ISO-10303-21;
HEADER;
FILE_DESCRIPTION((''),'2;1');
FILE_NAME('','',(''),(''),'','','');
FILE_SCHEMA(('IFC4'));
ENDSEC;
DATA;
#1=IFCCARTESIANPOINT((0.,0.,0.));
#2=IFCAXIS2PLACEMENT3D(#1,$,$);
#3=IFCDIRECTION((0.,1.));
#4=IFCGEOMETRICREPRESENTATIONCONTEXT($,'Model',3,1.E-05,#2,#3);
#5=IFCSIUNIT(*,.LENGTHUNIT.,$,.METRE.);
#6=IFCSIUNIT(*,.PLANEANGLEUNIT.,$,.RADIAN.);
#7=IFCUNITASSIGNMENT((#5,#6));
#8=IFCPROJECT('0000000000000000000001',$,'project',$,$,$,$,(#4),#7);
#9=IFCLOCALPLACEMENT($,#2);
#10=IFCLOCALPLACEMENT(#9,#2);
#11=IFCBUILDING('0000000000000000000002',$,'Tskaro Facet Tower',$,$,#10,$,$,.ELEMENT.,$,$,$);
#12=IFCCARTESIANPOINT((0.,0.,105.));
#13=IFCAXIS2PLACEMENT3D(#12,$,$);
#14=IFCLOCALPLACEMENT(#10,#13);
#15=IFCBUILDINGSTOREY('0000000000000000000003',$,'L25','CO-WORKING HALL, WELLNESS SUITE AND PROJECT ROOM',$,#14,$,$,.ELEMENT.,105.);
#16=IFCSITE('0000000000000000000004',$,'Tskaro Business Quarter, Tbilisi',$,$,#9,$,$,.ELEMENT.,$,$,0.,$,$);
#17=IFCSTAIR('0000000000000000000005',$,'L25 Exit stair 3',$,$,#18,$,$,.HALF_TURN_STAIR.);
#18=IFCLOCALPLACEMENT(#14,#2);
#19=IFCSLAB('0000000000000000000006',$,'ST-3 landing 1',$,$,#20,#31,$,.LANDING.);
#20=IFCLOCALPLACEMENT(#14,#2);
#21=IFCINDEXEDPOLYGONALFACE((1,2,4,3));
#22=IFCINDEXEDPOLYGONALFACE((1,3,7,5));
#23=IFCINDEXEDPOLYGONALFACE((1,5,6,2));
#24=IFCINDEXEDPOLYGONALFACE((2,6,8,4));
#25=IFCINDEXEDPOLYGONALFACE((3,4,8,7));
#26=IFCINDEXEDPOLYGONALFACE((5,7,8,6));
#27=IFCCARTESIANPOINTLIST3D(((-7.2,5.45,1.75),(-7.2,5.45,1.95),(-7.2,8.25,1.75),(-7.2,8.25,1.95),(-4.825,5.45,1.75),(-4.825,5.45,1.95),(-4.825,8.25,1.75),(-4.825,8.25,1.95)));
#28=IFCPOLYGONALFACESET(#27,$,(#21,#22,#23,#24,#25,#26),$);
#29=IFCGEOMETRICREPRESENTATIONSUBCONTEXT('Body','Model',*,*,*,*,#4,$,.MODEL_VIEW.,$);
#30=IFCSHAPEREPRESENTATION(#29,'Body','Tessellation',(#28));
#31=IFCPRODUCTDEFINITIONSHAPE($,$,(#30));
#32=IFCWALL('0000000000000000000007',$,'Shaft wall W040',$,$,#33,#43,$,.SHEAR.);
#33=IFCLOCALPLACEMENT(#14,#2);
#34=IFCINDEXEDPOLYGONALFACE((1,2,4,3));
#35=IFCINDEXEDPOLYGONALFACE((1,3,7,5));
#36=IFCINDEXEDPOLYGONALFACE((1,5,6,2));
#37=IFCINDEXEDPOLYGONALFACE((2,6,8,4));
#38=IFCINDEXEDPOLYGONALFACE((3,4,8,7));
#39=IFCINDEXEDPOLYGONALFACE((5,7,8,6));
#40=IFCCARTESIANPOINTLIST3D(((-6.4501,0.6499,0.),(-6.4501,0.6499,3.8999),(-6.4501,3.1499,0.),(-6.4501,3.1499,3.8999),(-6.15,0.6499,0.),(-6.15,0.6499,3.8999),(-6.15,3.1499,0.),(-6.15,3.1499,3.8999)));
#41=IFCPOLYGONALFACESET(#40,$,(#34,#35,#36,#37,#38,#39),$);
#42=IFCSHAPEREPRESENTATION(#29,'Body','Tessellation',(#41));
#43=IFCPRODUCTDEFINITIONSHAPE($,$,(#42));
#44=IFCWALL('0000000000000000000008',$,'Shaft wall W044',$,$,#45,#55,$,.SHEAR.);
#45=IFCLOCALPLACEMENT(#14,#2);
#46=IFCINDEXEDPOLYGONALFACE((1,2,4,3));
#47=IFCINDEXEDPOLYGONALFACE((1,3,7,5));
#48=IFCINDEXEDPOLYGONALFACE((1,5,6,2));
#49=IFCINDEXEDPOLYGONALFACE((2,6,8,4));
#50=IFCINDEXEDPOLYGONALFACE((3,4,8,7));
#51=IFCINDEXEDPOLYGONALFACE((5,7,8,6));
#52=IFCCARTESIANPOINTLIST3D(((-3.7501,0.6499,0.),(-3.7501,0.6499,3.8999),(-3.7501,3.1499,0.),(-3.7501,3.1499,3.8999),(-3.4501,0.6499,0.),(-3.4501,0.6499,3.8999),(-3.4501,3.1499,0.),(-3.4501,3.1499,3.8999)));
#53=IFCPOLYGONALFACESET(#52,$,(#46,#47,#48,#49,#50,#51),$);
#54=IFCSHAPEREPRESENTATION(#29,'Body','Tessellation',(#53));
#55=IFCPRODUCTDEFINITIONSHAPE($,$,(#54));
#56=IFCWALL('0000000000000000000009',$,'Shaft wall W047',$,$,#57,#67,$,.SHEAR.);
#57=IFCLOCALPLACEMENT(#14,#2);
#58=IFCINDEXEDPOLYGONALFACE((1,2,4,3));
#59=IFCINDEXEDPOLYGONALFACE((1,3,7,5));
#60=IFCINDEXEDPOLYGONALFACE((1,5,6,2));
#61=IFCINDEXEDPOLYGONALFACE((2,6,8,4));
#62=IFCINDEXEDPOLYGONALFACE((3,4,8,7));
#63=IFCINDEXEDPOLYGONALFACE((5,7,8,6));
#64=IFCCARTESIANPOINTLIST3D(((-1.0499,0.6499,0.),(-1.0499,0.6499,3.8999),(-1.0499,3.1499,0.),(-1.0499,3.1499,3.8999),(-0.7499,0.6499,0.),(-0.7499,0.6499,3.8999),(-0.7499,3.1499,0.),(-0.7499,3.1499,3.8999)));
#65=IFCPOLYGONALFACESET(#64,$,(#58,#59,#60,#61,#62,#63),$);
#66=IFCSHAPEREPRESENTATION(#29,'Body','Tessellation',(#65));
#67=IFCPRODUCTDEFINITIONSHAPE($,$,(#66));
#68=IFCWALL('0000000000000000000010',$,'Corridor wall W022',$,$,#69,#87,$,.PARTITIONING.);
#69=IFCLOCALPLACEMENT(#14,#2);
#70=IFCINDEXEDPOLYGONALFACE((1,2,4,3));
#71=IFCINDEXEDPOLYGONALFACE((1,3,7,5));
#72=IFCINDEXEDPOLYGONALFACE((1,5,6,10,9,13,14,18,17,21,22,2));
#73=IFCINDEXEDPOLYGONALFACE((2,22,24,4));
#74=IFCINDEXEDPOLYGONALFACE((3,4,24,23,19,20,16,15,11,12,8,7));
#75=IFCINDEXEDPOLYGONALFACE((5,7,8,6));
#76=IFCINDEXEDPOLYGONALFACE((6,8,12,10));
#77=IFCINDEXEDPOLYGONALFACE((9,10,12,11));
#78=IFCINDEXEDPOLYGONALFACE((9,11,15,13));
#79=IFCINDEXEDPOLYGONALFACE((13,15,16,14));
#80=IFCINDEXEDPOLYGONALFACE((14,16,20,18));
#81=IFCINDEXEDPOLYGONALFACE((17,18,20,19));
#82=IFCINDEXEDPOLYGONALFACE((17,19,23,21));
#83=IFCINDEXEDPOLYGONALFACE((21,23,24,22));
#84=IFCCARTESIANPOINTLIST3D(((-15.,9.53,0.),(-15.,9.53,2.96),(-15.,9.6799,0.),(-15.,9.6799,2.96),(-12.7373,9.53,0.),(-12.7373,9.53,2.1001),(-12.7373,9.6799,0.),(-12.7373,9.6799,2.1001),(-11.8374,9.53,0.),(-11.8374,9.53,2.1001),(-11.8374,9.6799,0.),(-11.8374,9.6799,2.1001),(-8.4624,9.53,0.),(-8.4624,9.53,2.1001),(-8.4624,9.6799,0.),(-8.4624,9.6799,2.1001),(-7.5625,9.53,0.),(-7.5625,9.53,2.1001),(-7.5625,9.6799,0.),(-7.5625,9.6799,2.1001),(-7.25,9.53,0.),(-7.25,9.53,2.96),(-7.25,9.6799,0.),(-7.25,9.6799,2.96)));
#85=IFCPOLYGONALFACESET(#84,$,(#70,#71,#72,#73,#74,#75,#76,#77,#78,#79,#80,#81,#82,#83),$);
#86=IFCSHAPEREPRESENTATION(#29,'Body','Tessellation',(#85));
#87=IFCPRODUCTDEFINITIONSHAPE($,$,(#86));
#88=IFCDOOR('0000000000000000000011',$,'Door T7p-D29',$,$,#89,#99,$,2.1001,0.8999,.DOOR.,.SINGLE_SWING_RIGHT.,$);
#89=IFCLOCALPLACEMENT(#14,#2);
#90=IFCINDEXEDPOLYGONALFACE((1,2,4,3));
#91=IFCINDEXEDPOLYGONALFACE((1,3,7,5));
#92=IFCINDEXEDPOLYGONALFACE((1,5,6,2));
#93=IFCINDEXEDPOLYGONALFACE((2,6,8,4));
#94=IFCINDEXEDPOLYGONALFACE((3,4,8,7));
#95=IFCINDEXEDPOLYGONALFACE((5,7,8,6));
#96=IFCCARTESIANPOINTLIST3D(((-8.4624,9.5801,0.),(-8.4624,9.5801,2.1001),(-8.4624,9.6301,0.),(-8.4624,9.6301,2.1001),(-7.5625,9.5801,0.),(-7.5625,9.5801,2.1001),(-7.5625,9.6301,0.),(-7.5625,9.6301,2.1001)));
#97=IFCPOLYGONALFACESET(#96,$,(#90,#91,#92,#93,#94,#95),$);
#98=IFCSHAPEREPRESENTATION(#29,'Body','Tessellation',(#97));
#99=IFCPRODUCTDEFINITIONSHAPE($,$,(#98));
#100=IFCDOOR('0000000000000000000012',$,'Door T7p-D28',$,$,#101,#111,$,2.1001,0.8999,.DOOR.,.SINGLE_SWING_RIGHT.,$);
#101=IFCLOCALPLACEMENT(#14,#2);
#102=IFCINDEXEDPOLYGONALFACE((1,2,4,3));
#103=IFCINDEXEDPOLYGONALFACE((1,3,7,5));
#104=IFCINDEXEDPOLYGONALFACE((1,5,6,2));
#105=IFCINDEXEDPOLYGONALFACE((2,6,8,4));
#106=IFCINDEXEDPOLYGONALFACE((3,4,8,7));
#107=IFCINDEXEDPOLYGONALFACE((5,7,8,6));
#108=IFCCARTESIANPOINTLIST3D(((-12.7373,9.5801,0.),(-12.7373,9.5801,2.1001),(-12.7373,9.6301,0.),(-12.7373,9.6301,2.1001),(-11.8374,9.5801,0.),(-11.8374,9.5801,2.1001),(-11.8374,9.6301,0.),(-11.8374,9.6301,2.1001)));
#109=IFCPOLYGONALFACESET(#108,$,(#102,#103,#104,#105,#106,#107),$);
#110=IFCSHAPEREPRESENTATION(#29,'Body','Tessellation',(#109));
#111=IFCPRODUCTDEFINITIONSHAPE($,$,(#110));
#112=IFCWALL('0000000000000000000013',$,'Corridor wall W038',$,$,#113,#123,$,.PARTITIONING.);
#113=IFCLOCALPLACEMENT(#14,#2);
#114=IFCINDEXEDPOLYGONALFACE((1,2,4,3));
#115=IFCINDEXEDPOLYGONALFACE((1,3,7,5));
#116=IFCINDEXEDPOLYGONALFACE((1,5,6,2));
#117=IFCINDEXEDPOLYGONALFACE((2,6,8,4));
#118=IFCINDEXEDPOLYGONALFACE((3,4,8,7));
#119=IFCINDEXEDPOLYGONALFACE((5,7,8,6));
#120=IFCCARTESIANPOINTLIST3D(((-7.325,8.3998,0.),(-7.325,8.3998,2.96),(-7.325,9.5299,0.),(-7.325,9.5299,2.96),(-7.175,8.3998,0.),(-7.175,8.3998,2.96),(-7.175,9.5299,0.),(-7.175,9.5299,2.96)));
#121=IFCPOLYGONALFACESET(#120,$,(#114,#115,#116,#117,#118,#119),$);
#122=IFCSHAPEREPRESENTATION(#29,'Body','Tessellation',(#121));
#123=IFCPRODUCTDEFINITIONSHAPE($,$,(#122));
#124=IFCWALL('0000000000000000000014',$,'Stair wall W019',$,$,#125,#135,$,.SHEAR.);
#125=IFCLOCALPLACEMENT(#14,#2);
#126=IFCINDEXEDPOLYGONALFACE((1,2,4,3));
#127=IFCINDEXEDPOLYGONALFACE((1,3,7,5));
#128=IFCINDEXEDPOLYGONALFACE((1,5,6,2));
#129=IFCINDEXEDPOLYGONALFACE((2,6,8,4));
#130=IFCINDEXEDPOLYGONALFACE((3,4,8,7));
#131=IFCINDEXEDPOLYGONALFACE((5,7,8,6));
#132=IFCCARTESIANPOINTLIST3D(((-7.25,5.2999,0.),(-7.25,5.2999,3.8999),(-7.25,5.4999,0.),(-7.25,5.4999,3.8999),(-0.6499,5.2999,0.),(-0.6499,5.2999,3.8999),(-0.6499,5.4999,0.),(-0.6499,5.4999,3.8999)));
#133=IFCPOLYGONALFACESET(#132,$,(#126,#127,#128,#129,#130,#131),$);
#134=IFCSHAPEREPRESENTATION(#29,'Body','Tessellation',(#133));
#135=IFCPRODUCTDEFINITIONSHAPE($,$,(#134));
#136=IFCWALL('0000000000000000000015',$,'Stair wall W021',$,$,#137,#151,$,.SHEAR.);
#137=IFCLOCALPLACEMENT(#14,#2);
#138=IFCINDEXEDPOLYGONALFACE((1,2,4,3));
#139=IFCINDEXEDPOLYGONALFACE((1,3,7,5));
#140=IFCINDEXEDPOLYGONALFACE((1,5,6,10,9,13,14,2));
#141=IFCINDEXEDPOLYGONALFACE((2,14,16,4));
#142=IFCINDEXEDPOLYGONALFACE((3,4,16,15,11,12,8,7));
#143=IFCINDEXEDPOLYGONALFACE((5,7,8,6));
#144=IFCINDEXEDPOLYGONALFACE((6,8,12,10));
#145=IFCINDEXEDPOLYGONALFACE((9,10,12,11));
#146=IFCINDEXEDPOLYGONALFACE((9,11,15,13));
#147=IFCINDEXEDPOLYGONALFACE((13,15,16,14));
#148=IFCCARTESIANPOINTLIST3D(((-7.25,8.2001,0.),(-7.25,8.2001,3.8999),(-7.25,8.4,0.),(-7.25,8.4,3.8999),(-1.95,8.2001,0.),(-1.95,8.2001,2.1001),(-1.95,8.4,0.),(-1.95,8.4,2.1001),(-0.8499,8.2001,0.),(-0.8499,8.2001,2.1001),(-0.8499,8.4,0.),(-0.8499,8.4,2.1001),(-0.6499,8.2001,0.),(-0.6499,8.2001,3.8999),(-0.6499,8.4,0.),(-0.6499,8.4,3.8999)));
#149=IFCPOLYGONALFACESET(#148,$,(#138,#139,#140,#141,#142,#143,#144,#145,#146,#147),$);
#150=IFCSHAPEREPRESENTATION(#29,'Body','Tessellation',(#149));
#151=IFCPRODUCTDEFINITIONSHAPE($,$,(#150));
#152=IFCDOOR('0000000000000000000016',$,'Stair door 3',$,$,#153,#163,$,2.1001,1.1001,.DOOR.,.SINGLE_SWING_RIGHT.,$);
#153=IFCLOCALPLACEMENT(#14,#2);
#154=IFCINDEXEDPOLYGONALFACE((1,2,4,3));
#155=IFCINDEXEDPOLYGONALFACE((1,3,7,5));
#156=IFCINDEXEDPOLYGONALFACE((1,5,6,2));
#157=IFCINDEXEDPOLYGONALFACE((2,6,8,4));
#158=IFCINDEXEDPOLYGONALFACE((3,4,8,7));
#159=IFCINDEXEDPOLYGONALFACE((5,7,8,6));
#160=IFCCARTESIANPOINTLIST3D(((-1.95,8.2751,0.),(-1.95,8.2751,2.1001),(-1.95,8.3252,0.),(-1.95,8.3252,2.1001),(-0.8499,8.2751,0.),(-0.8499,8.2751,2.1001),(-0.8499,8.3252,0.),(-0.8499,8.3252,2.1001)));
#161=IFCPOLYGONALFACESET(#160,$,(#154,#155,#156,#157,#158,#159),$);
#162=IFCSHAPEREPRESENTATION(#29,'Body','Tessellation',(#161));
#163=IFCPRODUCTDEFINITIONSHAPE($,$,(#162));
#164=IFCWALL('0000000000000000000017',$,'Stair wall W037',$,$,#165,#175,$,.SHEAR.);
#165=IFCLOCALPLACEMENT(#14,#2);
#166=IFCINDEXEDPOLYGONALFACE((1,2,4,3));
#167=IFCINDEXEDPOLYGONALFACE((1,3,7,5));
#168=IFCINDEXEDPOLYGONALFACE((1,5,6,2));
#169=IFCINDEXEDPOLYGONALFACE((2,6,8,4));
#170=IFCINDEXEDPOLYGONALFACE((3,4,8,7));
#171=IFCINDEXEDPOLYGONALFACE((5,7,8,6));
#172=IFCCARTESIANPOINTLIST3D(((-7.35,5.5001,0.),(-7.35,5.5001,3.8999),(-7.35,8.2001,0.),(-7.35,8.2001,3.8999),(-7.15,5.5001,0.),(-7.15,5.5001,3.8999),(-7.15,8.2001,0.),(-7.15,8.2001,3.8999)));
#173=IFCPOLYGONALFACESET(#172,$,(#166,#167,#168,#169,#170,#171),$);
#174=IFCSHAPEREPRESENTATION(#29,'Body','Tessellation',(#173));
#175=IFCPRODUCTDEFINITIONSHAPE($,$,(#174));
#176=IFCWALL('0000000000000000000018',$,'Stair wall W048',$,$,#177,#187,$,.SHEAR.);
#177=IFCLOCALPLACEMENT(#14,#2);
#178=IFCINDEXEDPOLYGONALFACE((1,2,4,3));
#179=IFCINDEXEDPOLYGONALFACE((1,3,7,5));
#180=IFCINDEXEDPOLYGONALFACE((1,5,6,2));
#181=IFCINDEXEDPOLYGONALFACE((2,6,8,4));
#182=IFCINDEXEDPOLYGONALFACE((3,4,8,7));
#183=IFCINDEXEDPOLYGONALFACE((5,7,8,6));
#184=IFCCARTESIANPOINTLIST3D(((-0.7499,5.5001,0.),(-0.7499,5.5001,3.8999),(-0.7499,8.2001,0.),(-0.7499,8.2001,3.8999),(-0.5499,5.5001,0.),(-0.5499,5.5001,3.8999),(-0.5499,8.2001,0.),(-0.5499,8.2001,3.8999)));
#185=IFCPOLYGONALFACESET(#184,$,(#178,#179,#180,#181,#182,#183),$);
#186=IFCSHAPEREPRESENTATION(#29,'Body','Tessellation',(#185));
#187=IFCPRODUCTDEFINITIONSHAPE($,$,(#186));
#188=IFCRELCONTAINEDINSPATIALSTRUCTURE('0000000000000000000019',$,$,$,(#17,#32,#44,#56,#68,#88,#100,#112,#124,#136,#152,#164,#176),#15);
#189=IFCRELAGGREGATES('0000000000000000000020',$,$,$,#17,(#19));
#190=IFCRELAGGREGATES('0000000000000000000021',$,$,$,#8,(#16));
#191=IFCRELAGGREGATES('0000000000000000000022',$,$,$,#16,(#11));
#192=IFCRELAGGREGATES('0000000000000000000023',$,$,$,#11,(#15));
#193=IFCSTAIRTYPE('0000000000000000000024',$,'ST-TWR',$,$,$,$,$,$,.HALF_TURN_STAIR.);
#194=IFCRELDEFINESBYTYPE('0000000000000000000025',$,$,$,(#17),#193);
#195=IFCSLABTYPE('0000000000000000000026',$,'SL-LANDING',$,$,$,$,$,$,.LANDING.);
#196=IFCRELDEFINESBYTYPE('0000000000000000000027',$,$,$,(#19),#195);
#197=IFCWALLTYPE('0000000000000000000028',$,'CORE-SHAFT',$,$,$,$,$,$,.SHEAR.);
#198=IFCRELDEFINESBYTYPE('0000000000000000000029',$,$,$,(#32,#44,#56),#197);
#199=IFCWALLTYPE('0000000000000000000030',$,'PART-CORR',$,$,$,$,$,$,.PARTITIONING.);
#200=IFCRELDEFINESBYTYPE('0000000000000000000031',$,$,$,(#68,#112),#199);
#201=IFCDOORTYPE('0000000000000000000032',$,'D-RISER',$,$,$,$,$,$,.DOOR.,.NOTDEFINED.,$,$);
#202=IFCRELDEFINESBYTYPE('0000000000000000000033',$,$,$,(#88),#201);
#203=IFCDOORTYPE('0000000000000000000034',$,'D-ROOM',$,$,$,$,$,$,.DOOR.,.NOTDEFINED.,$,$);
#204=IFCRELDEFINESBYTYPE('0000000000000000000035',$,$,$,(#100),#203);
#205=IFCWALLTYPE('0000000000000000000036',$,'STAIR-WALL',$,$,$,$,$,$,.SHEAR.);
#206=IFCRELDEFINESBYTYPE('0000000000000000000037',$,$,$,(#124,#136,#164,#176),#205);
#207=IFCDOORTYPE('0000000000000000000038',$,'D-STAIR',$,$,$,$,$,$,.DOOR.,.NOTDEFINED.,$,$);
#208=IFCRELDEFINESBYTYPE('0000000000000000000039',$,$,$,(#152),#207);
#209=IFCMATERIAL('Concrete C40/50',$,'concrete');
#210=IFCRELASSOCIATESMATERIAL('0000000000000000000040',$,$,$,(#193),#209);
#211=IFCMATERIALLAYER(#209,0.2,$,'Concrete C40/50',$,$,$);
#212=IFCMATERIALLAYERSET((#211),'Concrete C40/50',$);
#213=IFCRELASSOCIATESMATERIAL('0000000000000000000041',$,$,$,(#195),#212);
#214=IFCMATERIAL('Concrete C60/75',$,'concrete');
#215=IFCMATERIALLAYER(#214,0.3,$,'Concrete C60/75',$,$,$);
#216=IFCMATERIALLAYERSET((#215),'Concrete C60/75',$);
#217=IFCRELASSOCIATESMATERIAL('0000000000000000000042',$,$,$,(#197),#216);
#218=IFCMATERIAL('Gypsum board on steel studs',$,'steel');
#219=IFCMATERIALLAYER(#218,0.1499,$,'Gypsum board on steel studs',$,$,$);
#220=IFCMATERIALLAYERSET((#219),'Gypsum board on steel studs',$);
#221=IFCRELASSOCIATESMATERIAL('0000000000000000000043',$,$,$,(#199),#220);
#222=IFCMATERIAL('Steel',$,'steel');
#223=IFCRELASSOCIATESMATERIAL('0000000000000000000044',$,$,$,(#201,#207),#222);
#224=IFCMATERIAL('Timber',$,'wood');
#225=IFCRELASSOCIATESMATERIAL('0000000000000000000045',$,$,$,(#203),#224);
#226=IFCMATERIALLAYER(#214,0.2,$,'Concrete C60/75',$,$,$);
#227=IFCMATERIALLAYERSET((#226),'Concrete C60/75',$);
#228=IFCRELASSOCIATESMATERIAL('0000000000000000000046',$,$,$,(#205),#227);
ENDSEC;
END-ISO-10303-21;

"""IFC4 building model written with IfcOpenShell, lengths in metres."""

from ifc_helpers import new_model, si_unit, direction, frame, frame_2d, origin, place, context, subcontext, project, spatial, polyline, rectangle, outline, extrude, material, layer, layer_set, type_object, element, fill, aggregate, save


model = new_model("IFC4")

# Units and contexts
model_context = context("Model", 3, precision=1e-05, world=origin(), true_north=direction((0.0, 1.0)))
body_context = subcontext(model_context, "Body", "Model", "MODEL_VIEW")
ifc_project = project(units=[si_unit("LENGTHUNIT", "METRE"), si_unit("PLANEANGLEUNIT", "RADIAN")], contexts=[model_context])

# Site, building, storey
site_placement = place(None, origin())
site = spatial("IfcSite", under=ifc_project, at=site_placement, Name="Tskaro Business Quarter, Tbilisi", CompositionType="ELEMENT", RefElevation=0.0)
building_placement = place(site_placement, origin())
building = spatial("IfcBuilding", under=site, at=building_placement, Name="Tskaro Facet Tower", CompositionType="ELEMENT")
storey_placement = place(building_placement, frame((0.0, 0.0, 105.0)))
storey = spatial("IfcBuildingStorey", under=building, at=storey_placement, Name="L25", Description="CO-WORKING HALL, WELLNESS SUITE AND PROJECT ROOM", CompositionType="ELEMENT", Elevation=105.0)

# Stair, slab
ifc_material_1 = material(Name="Concrete C40/50", Category="concrete")
stair_type = type_object("IfcStairType", Name="ST-TWR", PredefinedType="HALF_TURN_STAIR", material=ifc_material_1)
ifc_layer_1 = layer(ifc_material_1, 0.2, Name="Concrete C40/50")
ifc_layer_set_1 = layer_set([ifc_layer_1], Name="Concrete C40/50")
slab_type = type_object("IfcSlabType", Name="SL-LANDING", PredefinedType="LANDING", material=ifc_layer_set_1)
stair_1_placement = place(storey_placement, origin())
stair_1 = element("IfcStair", 1, at=stair_1_placement, inside=storey, type_object=stair_type, Name="L25 Exit stair 3", PredefinedType="HALF_TURN_STAIR")
slab_1_placement = place(storey_placement, frame((0.0, 0.0, 1.75)))
slab_1 = element("IfcSlab", 2, at=slab_1_placement, type_object=slab_type, Name="ST-3 landing 1", PredefinedType="LANDING", context=body_context, shape_type="SweptSolid", body=[
    extrude(outline(polyline([(-7.2, 5.45), (-4.825, 5.45), (-4.825, 8.25), (-7.2, 8.25), (-7.2, 5.45)])), origin(), (0.0, 0.0, 1.0), 0.2),
])

# Walls
ifc_material_2 = material(Name="Concrete C60/75", Category="concrete")
ifc_layer_2 = layer(ifc_material_2, 0.3, Name="Concrete C60/75")
ifc_layer_set_2 = layer_set([ifc_layer_2], Name="Concrete C60/75")
wall_type_1 = type_object("IfcWallType", Name="CORE-SHAFT", PredefinedType="SHEAR", material=ifc_layer_set_2)
for number, where, z_axis, x_axis, name in (
    (3, (-6.3, 0.6499, 0.0), (0.0, 0.0, 1.0), (0.0, 1.0, 0.0), "Shaft wall W040"),
    (4, (-3.6001, 0.6499, 0.0), (0.0, 0.0, 1.0), (0.0, 1.0, 0.0), "Shaft wall W044"),
    (5, (-0.8999, 0.6499, 0.0), (0.0, 0.0, 1.0), (0.0, 1.0, 0.0), "Shaft wall W047"),
):
    element("IfcWall", number, at=place(storey_placement, frame(where, z_axis=z_axis, x_axis=x_axis)), inside=storey, type_object=wall_type_1, Name=name, PredefinedType="SHEAR", context=body_context, shape_type="SweptSolid", body=[
        extrude(rectangle(XDim=2.5, YDim=0.3, at=frame_2d((1.25, 0.0))), origin(), (0.0, 0.0, 1.0), 3.8999),
    ])

# Wall, openings, doors
ifc_material_3 = material(Name="Gypsum board on steel studs", Category="steel")
ifc_layer_3 = layer(ifc_material_3, 0.1499, Name="Gypsum board on steel studs")
ifc_layer_set_3 = layer_set([ifc_layer_3], Name="Gypsum board on steel studs")
wall_type_2 = type_object("IfcWallType", Name="PART-CORR", PredefinedType="PARTITIONING", material=ifc_layer_set_3)
wall_1_placement = place(storey_placement, frame((-7.25, 9.605, 0.0), z_axis=(0.0, 0.0, 1.0), x_axis=(-1.0, 0.0, 0.0)))
wall_1 = element("IfcWall", 6, at=wall_1_placement, inside=storey, type_object=wall_type_2, Name="Corridor wall W022", PredefinedType="PARTITIONING", context=body_context, shape_type="SweptSolid", body=[
    extrude(rectangle(XDim=7.75, YDim=0.1499, at=frame_2d((3.875, 0.0))), origin(), (0.0, 0.0, 1.0), 2.96),
])
opening_1_placement = place(wall_1_placement, frame((0.3125, 0.0, 0.0)))
opening_1 = element("IfcOpeningElement", 7, at=opening_1_placement, cuts=wall_1, PredefinedType="OPENING", context=body_context, shape_type="SweptSolid", body=[
    extrude(rectangle(XDim=0.8999, YDim=2.1001, at=frame_2d((0.45, 1.05))), frame((0.0, 0.085, 0.0), z_axis=(0.0, -1.0, 0.0), x_axis=(1.0, 0.0, 0.0)), (0.0, 0.0, 1.0), 0.1699),
])
opening_2_placement = place(wall_1_placement, frame((4.5874, 0.0, 0.0)))
opening_2 = element("IfcOpeningElement", 8, at=opening_2_placement, cuts=wall_1, PredefinedType="OPENING", context=body_context, shape_type="SweptSolid", body=[
    extrude(rectangle(XDim=0.8999, YDim=2.1001, at=frame_2d((0.45, 1.05))), frame((0.0, 0.085, 0.0), z_axis=(0.0, -1.0, 0.0), x_axis=(1.0, 0.0, 0.0)), (0.0, 0.0, 1.0), 0.1699),
])
ifc_material_4 = material(Name="Steel", Category="steel")
door_type_1 = type_object("IfcDoorType", Name="D-RISER", OperationType="NOTDEFINED", PredefinedType="DOOR", material=ifc_material_4)
door_1_placement = place(opening_1_placement, origin())
door_1 = element("IfcDoor", 9, at=door_1_placement, inside=storey, type_object=door_type_1, Name="Door T7p-D29", OperationType="SINGLE_SWING_RIGHT", OverallHeight=2.1001, OverallWidth=0.8999, PredefinedType="DOOR", context=body_context, shape_type="SweptSolid", body=[
    extrude(rectangle(XDim=0.8999, YDim=2.1001, at=frame_2d((0.45, 1.05))), frame((0.0, 0.0249, 0.0), z_axis=(0.0, -1.0, 0.0), x_axis=(1.0, 0.0, 0.0)), (0.0, 0.0, 1.0), 0.05),
])
fill(opening_1, door_1)
ifc_material_5 = material(Name="Timber", Category="wood")
door_type_2 = type_object("IfcDoorType", Name="D-ROOM", OperationType="NOTDEFINED", PredefinedType="DOOR", material=ifc_material_5)
door_2_placement = place(opening_2_placement, origin())
door_2 = element("IfcDoor", 10, at=door_2_placement, inside=storey, type_object=door_type_2, Name="Door T7p-D28", OperationType="SINGLE_SWING_RIGHT", OverallHeight=2.1001, OverallWidth=0.8999, PredefinedType="DOOR", context=body_context, shape_type="SweptSolid", body=[
    extrude(rectangle(XDim=0.8999, YDim=2.1001, at=frame_2d((0.45, 1.05))), frame((0.0, 0.0249, 0.0), z_axis=(0.0, -1.0, 0.0), x_axis=(1.0, 0.0, 0.0)), (0.0, 0.0, 1.0), 0.05),
])
fill(opening_2, door_2)

# Walls
wall_2_placement = place(storey_placement, frame((-7.25, 8.3999, 0.0), z_axis=(0.0, 0.0, 1.0), x_axis=(0.0, 1.0, 0.0)))
element("IfcWall", 11, at=wall_2_placement, inside=storey, type_object=wall_type_2, Name="Corridor wall W038", PredefinedType="PARTITIONING", context=body_context, shape_type="SweptSolid", body=[
    extrude(rectangle(XDim=1.1301, YDim=0.1499, at=frame_2d((0.5649, 0.0))), origin(), (0.0, 0.0, 1.0), 2.96),
])
ifc_layer_4 = layer(ifc_material_2, 0.2, Name="Concrete C60/75")
ifc_layer_set_4 = layer_set([ifc_layer_4], Name="Concrete C60/75")
wall_type_3 = type_object("IfcWallType", Name="STAIR-WALL", PredefinedType="SHEAR", material=ifc_layer_set_4)
wall_3_placement = place(storey_placement, frame((-7.25, 5.3999, 0.0), z_axis=(0.0, 0.0, 1.0), x_axis=(1.0, 0.0, 0.0)))
element("IfcWall", 12, at=wall_3_placement, inside=storey, type_object=wall_type_3, Name="Stair wall W019", PredefinedType="SHEAR", context=body_context, shape_type="SweptSolid", body=[
    extrude(rectangle(XDim=6.6001, YDim=0.2, at=frame_2d((3.3, 0.0))), origin(), (0.0, 0.0, 1.0), 3.8999),
])

# Wall, opening, door
wall_4_placement = place(storey_placement, frame((-0.6499, 8.3, 0.0), z_axis=(0.0, 0.0, 1.0), x_axis=(-1.0, 0.0, 0.0)))
wall_4 = element("IfcWall", 13, at=wall_4_placement, inside=storey, type_object=wall_type_3, Name="Stair wall W021", PredefinedType="SHEAR", context=body_context, shape_type="SweptSolid", body=[
    extrude(rectangle(XDim=6.6001, YDim=0.2, at=frame_2d((3.3, 0.0))), origin(), (0.0, 0.0, 1.0), 3.8999),
])
opening_3_placement = place(wall_4_placement, frame((0.2, 0.0, 0.0)))
opening_3 = element("IfcOpeningElement", 14, at=opening_3_placement, cuts=wall_4, PredefinedType="OPENING", context=body_context, shape_type="SweptSolid", body=[
    extrude(rectangle(XDim=1.1001, YDim=2.1001, at=frame_2d((0.55, 1.05))), frame((0.0, 0.1099, 0.0), z_axis=(0.0, -1.0, 0.0), x_axis=(1.0, 0.0, 0.0)), (0.0, 0.0, 1.0), 0.22),
])
door_type_3 = type_object("IfcDoorType", Name="D-STAIR", OperationType="NOTDEFINED", PredefinedType="DOOR", material=ifc_material_4)
door_3_placement = place(opening_3_placement, origin())
door_3 = element("IfcDoor", 15, at=door_3_placement, inside=storey, type_object=door_type_3, Name="Stair door 3", OperationType="SINGLE_SWING_RIGHT", OverallHeight=2.1001, OverallWidth=1.1001, PredefinedType="DOOR", context=body_context, shape_type="SweptSolid", body=[
    extrude(rectangle(XDim=1.1001, YDim=2.1001, at=frame_2d((0.55, 1.05))), frame((0.0, 0.0249, 0.0), z_axis=(0.0, -1.0, 0.0), x_axis=(1.0, 0.0, 0.0)), (0.0, 0.0, 1.0), 0.05),
])
fill(opening_3, door_3)

# Walls
for number, where, z_axis, x_axis, name in (
    (16, (-7.25, 5.5, 0.0), (0.0, 0.0, 1.0), (0.0, 1.0, 0.0), "Stair wall W037"),
    (17, (-0.6499, 5.5, 0.0), (0.0, 0.0, 1.0), (0.0, 1.0, 0.0), "Stair wall W048"),
):
    element("IfcWall", number, at=place(storey_placement, frame(where, z_axis=z_axis, x_axis=x_axis)), inside=storey, type_object=wall_type_3, Name=name, PredefinedType="SHEAR", context=body_context, shape_type="SweptSolid", body=[
        extrude(rectangle(XDim=2.7, YDim=0.2, at=frame_2d((1.3501, 0.0))), origin(), (0.0, 0.0, 1.0), 3.8999),
    ])

aggregate(stair_1, [slab_1])

save(model, "model.ifc")
